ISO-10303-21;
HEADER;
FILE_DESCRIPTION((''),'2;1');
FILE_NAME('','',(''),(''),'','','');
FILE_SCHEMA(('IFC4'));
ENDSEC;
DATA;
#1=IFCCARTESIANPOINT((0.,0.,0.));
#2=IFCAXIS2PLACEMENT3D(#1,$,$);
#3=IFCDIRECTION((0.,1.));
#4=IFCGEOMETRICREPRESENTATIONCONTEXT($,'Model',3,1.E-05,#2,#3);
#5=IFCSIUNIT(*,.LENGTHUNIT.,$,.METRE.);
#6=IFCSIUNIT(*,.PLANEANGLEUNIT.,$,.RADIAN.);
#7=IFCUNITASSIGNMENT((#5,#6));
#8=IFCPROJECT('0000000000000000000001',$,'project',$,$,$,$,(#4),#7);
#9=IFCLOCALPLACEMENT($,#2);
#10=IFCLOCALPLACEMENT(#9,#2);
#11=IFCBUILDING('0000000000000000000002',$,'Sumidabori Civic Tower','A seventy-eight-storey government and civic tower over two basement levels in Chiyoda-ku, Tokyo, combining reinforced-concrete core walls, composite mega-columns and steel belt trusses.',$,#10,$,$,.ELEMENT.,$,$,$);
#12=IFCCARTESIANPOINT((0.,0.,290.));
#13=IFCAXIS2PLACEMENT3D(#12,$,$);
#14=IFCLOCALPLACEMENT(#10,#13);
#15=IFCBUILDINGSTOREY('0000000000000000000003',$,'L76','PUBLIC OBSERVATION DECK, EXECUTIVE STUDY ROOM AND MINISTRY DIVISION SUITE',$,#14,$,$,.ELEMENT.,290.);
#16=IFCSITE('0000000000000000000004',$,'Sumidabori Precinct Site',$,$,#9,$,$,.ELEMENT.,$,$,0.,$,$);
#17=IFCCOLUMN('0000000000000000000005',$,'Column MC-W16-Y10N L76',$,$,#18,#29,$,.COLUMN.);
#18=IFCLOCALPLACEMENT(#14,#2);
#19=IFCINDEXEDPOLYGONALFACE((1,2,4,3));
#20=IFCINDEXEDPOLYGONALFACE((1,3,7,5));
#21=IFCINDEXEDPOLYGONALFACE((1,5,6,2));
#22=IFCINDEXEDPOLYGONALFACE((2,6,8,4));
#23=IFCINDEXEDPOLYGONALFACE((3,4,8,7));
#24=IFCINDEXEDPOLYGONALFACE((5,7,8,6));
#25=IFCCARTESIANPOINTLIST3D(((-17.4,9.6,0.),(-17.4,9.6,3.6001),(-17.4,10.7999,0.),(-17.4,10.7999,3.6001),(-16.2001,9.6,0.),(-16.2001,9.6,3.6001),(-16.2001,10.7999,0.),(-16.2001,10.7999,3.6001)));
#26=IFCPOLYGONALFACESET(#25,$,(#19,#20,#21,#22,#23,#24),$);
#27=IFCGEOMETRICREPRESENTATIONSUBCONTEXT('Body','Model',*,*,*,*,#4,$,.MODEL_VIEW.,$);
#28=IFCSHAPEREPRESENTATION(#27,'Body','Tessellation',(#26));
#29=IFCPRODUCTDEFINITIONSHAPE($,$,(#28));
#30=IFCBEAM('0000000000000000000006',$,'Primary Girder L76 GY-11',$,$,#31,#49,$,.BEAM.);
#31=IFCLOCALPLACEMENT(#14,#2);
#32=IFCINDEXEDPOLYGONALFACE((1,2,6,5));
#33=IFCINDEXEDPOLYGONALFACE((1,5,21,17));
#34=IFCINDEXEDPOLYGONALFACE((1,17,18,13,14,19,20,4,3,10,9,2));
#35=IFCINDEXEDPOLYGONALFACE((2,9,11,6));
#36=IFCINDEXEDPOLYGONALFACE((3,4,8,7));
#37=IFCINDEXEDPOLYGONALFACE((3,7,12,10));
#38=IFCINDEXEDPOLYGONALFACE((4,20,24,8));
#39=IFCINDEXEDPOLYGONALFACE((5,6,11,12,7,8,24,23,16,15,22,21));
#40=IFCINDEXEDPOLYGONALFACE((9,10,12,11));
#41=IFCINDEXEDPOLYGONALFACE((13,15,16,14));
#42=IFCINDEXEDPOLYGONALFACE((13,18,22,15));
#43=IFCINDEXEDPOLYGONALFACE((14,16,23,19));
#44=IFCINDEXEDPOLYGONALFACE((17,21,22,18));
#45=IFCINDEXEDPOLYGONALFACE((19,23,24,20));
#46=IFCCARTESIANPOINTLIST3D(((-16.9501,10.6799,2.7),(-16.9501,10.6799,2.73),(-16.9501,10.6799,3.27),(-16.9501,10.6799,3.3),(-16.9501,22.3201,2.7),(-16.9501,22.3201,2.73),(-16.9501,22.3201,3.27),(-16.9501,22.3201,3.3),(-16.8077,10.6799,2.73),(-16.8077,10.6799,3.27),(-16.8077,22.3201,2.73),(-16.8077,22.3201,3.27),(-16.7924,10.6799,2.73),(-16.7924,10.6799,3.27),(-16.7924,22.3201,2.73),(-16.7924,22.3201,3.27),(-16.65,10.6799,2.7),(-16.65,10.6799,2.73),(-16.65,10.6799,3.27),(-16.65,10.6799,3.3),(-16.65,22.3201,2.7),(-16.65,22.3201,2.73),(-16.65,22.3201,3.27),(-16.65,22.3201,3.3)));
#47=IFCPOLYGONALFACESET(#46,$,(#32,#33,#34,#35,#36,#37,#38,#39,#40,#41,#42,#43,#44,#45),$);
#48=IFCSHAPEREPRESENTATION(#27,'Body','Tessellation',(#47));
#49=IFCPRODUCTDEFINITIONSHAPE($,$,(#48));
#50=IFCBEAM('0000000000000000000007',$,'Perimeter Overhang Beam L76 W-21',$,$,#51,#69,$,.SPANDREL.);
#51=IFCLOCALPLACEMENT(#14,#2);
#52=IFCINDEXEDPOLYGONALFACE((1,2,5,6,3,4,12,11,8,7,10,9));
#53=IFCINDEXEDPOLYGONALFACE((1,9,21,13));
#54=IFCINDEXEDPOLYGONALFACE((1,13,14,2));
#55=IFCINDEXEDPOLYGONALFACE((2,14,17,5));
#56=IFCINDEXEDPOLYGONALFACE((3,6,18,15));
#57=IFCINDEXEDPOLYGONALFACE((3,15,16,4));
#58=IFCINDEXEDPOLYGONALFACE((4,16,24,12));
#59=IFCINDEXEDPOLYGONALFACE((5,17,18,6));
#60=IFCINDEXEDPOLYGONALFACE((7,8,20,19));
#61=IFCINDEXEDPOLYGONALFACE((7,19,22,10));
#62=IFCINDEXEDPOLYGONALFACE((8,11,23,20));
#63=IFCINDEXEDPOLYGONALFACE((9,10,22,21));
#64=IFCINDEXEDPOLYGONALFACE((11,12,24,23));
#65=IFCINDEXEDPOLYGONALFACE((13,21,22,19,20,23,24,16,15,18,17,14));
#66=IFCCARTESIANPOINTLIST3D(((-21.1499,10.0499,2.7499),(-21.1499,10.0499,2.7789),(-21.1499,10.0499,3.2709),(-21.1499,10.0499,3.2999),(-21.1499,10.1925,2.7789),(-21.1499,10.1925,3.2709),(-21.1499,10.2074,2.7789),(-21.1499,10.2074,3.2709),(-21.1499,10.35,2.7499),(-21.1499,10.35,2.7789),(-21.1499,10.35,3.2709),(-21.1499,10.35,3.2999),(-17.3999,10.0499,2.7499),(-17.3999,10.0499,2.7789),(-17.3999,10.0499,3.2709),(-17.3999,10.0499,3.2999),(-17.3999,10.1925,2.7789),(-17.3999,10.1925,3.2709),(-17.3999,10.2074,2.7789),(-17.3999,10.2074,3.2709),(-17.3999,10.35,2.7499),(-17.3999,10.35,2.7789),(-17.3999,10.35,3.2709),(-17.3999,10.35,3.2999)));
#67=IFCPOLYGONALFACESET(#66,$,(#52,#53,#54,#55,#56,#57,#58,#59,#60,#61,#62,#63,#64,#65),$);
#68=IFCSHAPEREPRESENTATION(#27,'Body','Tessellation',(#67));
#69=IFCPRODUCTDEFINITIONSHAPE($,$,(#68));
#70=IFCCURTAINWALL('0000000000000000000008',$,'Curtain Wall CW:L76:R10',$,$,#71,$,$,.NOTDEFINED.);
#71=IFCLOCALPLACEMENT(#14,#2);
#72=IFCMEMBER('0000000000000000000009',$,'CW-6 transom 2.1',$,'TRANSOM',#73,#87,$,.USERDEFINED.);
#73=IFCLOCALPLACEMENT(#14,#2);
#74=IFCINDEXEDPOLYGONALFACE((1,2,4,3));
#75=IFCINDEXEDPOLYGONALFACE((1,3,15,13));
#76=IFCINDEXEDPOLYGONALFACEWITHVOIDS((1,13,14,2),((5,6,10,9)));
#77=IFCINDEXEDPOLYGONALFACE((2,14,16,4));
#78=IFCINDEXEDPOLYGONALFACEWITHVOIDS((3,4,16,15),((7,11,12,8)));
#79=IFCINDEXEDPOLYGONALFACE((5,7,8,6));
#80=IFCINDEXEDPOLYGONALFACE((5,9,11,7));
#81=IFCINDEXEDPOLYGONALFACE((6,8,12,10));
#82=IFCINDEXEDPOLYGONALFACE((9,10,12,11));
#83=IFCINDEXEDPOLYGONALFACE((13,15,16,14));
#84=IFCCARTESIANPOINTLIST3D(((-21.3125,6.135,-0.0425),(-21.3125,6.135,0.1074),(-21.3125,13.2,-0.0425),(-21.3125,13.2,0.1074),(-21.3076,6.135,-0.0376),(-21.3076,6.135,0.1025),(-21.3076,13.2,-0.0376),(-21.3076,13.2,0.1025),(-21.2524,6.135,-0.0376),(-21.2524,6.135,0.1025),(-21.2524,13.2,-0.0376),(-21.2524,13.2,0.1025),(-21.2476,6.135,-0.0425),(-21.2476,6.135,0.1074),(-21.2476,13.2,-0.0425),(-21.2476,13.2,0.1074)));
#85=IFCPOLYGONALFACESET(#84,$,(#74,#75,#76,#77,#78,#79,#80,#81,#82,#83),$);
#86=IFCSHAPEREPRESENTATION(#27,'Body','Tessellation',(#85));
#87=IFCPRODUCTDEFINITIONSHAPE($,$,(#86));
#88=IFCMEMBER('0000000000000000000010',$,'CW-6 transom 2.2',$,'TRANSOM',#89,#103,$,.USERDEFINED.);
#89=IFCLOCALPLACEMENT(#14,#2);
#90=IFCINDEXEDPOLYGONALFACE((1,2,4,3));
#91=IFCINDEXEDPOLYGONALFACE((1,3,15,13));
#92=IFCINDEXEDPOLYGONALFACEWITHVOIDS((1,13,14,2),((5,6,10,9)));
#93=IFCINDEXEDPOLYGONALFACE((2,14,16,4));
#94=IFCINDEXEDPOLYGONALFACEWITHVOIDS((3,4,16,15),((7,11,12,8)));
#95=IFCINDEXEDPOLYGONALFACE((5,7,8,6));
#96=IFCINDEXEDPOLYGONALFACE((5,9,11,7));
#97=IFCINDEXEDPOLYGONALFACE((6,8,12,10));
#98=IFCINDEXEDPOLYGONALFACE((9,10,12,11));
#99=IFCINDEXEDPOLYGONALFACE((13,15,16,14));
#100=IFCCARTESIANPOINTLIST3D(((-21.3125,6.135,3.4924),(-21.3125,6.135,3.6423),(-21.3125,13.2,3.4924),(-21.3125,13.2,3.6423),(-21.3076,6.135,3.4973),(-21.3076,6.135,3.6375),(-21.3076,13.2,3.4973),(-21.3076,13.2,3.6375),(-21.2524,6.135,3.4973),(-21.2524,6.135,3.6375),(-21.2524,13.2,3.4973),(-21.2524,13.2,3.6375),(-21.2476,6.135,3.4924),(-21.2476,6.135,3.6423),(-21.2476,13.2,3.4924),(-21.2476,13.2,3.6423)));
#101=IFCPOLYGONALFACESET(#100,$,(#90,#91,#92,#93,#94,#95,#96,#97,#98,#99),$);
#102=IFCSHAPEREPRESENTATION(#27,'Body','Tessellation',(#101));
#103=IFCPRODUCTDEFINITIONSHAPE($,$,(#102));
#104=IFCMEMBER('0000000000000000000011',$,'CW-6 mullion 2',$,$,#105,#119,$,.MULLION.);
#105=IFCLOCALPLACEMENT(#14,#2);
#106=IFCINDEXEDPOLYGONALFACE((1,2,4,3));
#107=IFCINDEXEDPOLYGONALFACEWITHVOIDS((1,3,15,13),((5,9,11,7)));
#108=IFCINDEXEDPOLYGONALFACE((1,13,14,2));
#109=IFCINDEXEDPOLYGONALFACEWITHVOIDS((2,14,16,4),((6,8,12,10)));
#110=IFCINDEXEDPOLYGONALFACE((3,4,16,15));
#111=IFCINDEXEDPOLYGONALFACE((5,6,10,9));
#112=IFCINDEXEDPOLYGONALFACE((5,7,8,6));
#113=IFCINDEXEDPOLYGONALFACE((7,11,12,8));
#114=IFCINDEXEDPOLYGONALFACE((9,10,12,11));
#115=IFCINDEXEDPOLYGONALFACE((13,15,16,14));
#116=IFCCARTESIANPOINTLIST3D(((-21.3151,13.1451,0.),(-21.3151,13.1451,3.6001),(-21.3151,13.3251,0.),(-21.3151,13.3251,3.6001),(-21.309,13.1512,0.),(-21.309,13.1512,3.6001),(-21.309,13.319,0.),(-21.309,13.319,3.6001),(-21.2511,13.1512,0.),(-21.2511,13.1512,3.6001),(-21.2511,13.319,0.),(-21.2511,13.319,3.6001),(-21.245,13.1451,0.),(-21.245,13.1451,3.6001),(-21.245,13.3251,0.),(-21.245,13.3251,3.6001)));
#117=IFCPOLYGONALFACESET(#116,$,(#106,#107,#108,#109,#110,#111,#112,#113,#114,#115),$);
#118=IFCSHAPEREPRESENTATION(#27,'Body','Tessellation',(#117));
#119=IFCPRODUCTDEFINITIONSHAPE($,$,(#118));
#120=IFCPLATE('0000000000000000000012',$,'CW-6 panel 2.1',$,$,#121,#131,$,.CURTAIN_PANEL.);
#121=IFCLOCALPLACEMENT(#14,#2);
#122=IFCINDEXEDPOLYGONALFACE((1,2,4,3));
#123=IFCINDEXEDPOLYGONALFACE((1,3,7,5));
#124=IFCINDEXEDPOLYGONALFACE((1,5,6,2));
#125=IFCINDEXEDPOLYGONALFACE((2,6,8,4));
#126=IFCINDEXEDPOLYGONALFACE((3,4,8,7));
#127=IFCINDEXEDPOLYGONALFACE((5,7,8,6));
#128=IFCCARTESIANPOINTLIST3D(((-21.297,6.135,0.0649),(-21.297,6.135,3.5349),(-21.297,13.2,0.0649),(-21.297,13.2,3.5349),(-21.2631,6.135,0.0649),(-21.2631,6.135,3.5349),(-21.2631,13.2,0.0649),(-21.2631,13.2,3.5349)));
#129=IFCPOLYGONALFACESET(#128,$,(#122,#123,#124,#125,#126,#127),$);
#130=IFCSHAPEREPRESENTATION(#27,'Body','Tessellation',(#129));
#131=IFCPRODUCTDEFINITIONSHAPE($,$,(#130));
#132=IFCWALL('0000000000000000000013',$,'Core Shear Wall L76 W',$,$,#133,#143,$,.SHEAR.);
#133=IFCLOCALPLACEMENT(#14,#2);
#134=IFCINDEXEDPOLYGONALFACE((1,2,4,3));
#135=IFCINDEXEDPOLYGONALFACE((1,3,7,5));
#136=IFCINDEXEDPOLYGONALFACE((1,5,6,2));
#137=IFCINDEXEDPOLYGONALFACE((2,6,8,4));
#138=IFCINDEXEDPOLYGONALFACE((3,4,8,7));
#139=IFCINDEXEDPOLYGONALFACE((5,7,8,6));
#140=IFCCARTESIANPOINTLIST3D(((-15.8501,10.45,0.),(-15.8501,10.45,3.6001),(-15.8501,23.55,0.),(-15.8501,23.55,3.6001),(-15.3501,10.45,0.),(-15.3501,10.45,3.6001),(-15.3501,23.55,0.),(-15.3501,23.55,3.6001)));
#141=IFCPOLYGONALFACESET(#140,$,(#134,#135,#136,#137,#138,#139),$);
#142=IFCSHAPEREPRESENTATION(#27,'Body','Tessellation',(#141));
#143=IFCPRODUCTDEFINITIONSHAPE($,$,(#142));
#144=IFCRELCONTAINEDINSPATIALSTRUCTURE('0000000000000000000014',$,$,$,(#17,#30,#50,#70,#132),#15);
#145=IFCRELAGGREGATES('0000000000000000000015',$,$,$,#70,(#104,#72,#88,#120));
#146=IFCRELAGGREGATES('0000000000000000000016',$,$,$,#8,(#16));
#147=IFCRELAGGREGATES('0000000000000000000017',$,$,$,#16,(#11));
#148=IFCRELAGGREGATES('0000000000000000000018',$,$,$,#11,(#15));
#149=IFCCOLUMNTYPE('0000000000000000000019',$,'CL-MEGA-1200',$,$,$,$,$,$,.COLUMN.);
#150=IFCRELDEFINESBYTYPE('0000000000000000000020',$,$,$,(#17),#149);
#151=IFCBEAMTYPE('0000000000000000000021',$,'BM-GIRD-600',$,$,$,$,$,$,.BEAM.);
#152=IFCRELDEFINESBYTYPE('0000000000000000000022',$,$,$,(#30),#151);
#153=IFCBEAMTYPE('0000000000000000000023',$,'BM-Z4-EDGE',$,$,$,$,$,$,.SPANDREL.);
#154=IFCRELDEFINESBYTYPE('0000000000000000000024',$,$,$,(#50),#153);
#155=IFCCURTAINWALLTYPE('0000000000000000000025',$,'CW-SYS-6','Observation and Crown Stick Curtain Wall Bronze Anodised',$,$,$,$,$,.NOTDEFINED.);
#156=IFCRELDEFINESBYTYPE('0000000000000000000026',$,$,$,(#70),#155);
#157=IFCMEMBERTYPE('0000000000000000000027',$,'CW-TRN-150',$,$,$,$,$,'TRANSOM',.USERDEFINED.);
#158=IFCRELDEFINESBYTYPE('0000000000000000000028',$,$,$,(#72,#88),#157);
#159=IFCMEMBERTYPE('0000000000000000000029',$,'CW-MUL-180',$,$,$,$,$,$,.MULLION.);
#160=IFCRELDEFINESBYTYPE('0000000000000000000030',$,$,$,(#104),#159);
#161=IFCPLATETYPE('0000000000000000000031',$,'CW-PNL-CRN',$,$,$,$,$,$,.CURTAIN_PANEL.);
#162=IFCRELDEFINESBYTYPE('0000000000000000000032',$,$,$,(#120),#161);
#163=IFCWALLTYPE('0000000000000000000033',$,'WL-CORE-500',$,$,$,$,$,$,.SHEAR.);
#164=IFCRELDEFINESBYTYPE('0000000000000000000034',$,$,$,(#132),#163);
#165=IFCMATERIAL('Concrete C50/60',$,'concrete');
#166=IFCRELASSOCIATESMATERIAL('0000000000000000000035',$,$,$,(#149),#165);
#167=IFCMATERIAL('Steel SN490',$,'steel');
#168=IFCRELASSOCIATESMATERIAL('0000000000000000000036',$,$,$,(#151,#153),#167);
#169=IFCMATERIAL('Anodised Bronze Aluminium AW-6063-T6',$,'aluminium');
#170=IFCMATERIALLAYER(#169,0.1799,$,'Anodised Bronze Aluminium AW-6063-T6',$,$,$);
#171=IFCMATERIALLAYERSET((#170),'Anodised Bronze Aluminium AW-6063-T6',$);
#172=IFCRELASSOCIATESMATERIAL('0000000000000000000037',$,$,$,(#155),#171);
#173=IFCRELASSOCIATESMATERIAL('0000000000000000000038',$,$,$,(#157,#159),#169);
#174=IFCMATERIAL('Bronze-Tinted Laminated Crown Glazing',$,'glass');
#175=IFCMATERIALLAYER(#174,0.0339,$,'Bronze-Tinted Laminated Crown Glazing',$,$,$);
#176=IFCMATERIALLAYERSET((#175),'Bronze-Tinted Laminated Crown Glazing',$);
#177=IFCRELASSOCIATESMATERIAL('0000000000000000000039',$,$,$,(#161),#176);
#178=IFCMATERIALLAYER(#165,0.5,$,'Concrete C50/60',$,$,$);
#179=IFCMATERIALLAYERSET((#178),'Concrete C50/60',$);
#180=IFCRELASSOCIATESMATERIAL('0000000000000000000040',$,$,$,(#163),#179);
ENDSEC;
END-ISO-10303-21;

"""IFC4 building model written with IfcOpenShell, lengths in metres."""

from ifc_helpers import new_model, si_unit, direction, frame, frame_2d, origin, origin_2d, place, context, subcontext, project, spatial, rectangle, hollow_rectangle, i_section, extrude, source, transform, mapped, material, layer, layer_set, material_profile, profile_set, type_object, element, aggregate, save


model = new_model("IFC4")

# Units and contexts
model_context = context("Model", 3, precision=1e-05, world=origin(), true_north=direction((0.0, 1.0)))
body_context = subcontext(model_context, "Body", "Model", "MODEL_VIEW")
ifc_project = project(units=[si_unit("LENGTHUNIT", "METRE"), si_unit("PLANEANGLEUNIT", "RADIAN")], contexts=[model_context])

# Site, building, storey
site_placement = place(None, origin())
site = spatial("IfcSite", under=ifc_project, at=site_placement, Name="Sumidabori Precinct Site", CompositionType="ELEMENT", RefElevation=0.0)
building_placement = place(site_placement, origin())
building = spatial("IfcBuilding", under=site, at=building_placement, Name="Sumidabori Civic Tower", Description="A seventy-eight-storey government and civic tower over two basement levels in Chiyoda-ku, Tokyo, combining reinforced-concrete core walls, composite mega-columns and steel belt trusses.", CompositionType="ELEMENT")
storey_placement = place(building_placement, frame((0.0, 0.0, 290.0)))
storey = spatial("IfcBuildingStorey", under=building, at=storey_placement, Name="L76", Description="PUBLIC OBSERVATION DECK, EXECUTIVE STUDY ROOM AND MINISTRY DIVISION SUITE", CompositionType="ELEMENT", Elevation=290.0)

# Column
ifc_material_1 = material(Name="Concrete C50/60", Category="concrete")
ifc_material_profile_1 = material_profile(ifc_material_1, rectangle(XDim=1.2, YDim=1.2, at=origin_2d()), Name="RC 1200x1200")
ifc_profile_set_1 = profile_set([ifc_material_profile_1], Name="Concrete C50/60")
column_type = type_object("IfcColumnType", Name="CL-MEGA-1200", PredefinedType="COLUMN", material=ifc_profile_set_1)
shared_shape_1 = source(origin(), body_context, "Body", "SweptSolid", [
    extrude(rectangle(XDim=1.2, YDim=1.2, at=origin_2d()), origin(), (0.0, 0.0, 1.0), 3.6001),
])
column_placement = place(storey_placement, frame((-16.8, 10.2, 0.0), z_axis=(0.0, 0.0, 1.0), x_axis=(1.0, 0.0, 0.0)))
element("IfcColumn", 1, at=column_placement, inside=storey, type_object=column_type, Name="Column MC-W16-Y10N L76", PredefinedType="COLUMN", context=body_context, shape_type="MappedRepresentation", body=[
    mapped(shared_shape_1, transform((0.0, 0.0, 0.0), x_axis=(1.0, 0.0, 0.0), y_axis=(0.0, 1.0, 0.0), z_axis=(0.0, 0.0, 1.0), scale=1.0)),
])

# Beams
ifc_material_2 = material(Name="Steel SN490", Category="steel")
ifc_material_profile_2 = material_profile(ifc_material_2, i_section(OverallWidth=0.3, OverallDepth=0.6001, WebThickness=0.0154, FlangeThickness=0.03, at=origin_2d()), Name="HE 600 B")
ifc_profile_set_2 = profile_set([ifc_material_profile_2], Name="Steel SN490")
beam_type_1 = type_object("IfcBeamType", Name="BM-GIRD-600", PredefinedType="BEAM", material=ifc_profile_set_2)
shared_shape_2 = source(origin(), body_context, "Body", "SweptSolid", [
    extrude(i_section(OverallWidth=0.3, OverallDepth=0.6001, WebThickness=0.0154, FlangeThickness=0.03, at=origin_2d()), origin(), (0.0, 0.0, 1.0), 11.6401),
])
beam_1_placement = place(storey_placement, frame((-16.8, 10.6799, 3.0), z_axis=(0.0, 1.0, 0.0), x_axis=(-1.0, 0.0, 0.0)))
element("IfcBeam", 2, at=beam_1_placement, inside=storey, type_object=beam_type_1, Name="Primary Girder L76 GY-11", PredefinedType="BEAM", context=body_context, shape_type="MappedRepresentation", body=[
    mapped(shared_shape_2, transform((0.0, 0.0, 0.0), x_axis=(1.0, 0.0, 0.0), y_axis=(0.0, 1.0, 0.0), z_axis=(0.0, 0.0, 1.0), scale=1.0)),
])
ifc_material_profile_3 = material_profile(ifc_material_2, i_section(OverallWidth=0.3, OverallDepth=0.55, WebThickness=0.0149, FlangeThickness=0.0291, at=origin_2d()), Name="HE 550 B")
ifc_profile_set_3 = profile_set([ifc_material_profile_3], Name="Steel SN490")
beam_type_2 = type_object("IfcBeamType", Name="BM-Z4-EDGE", PredefinedType="SPANDREL", material=ifc_profile_set_3)
shared_shape_3 = source(origin(), body_context, "Body", "SweptSolid", [
    extrude(i_section(OverallWidth=0.3, OverallDepth=0.55, WebThickness=0.0149, FlangeThickness=0.0291, at=origin_2d()), origin(), (0.0, 0.0, 1.0), 3.75),
])
beam_2_placement = place(storey_placement, frame((-21.1499, 10.2, 3.0249), z_axis=(1.0, 0.0, 0.0), x_axis=(0.0, 1.0, 0.0)))
element("IfcBeam", 3, at=beam_2_placement, inside=storey, type_object=beam_type_2, Name="Perimeter Overhang Beam L76 W-21", PredefinedType="SPANDREL", context=body_context, shape_type="MappedRepresentation", body=[
    mapped(shared_shape_3, transform((0.0, 0.0, 0.0), x_axis=(1.0, 0.0, 0.0), y_axis=(0.0, 1.0, 0.0), z_axis=(0.0, 0.0, 1.0), scale=1.0)),
])

# Curtain wall, members, plate
ifc_material_3 = material(Name="Anodised Bronze Aluminium AW-6063-T6", Category="aluminium")
ifc_layer_1 = layer(ifc_material_3, 0.1799, Name="Anodised Bronze Aluminium AW-6063-T6")
ifc_layer_set_1 = layer_set([ifc_layer_1], Name="Anodised Bronze Aluminium AW-6063-T6")
curtain_wall_type = type_object("IfcCurtainWallType", Name="CW-SYS-6", Description="Observation and Crown Stick Curtain Wall Bronze Anodised", PredefinedType="NOTDEFINED", material=ifc_layer_set_1)
curtain_wall_placement = place(storey_placement, origin())
curtain_wall = element("IfcCurtainWall", 4, at=curtain_wall_placement, inside=storey, type_object=curtain_wall_type, Name="Curtain Wall CW:L76:R10", PredefinedType="NOTDEFINED")
ifc_material_profile_4 = material_profile(ifc_material_3, hollow_rectangle(XDim=0.0649, YDim=0.1499, WallThickness=0.0049, at=origin_2d()), Name="ALU TRANSOM 150x65")
ifc_profile_set_4 = profile_set([ifc_material_profile_4], Name="Anodised Bronze Aluminium AW-6063-T6")
member_type_1 = type_object("IfcMemberType", Name="CW-TRN-150", ElementType="TRANSOM", PredefinedType="USERDEFINED", material=ifc_profile_set_4)
shared_shape_4 = source(origin(), body_context, "Body", "SweptSolid", [
    extrude(hollow_rectangle(XDim=0.0649, YDim=0.1499, WallThickness=0.0049, at=origin_2d()), origin(), (0.0, 0.0, 1.0), 7.0649),
])
member_1_placement = place(storey_placement, frame((-21.28, 13.2, 0.0325), z_axis=(0.0, -1.0, 0.0), x_axis=(1.0, 0.0, 0.0)))
member_1 = element("IfcMember", 5, at=member_1_placement, type_object=member_type_1, Name="CW-6 transom 2.1", ObjectType="TRANSOM", PredefinedType="USERDEFINED", context=body_context, shape_type="MappedRepresentation", body=[
    mapped(shared_shape_4, transform((0.0, 0.0, 0.0), x_axis=(1.0, 0.0, 0.0), y_axis=(0.0, 1.0, 0.0), z_axis=(0.0, 0.0, 1.0), scale=1.0)),
])
member_2_placement = place(storey_placement, frame((-21.28, 13.2, 3.5674), z_axis=(0.0, -1.0, 0.0), x_axis=(1.0, 0.0, 0.0)))
member_2 = element("IfcMember", 6, at=member_2_placement, type_object=member_type_1, Name="CW-6 transom 2.2", ObjectType="TRANSOM", PredefinedType="USERDEFINED", context=body_context, shape_type="MappedRepresentation", body=[
    mapped(shared_shape_4, transform((0.0, 0.0, 0.0), x_axis=(1.0, 0.0, 0.0), y_axis=(0.0, 1.0, 0.0), z_axis=(0.0, 0.0, 1.0), scale=1.0)),
])
ifc_material_profile_5 = material_profile(ifc_material_3, hollow_rectangle(XDim=0.0701, YDim=0.1799, WallThickness=0.0061, at=origin_2d()), Name="ALU MULLION 180x70")
ifc_profile_set_5 = profile_set([ifc_material_profile_5], Name="Anodised Bronze Aluminium AW-6063-T6")
member_type_2 = type_object("IfcMemberType", Name="CW-MUL-180", PredefinedType="MULLION", material=ifc_profile_set_5)
shared_shape_5 = source(origin(), body_context, "Body", "SweptSolid", [
    extrude(hollow_rectangle(XDim=0.0701, YDim=0.1799, WallThickness=0.0061, at=origin_2d()), origin(), (0.0, 0.0, 1.0), 3.6001),
])
member_3_placement = place(storey_placement, frame((-21.28, 13.2351, 0.0), z_axis=(0.0, 0.0, 1.0), x_axis=(1.0, 0.0, 0.0)))
member_3 = element("IfcMember", 7, at=member_3_placement, type_object=member_type_2, Name="CW-6 mullion 2", PredefinedType="MULLION", context=body_context, shape_type="MappedRepresentation", body=[
    mapped(shared_shape_5, transform((0.0, 0.0, 0.0), x_axis=(1.0, 0.0, 0.0), y_axis=(0.0, 1.0, 0.0), z_axis=(0.0, 0.0, 1.0), scale=1.0)),
])
ifc_material_4 = material(Name="Bronze-Tinted Laminated Crown Glazing", Category="glass")
ifc_layer_2 = layer(ifc_material_4, 0.0339, Name="Bronze-Tinted Laminated Crown Glazing")
ifc_layer_set_2 = layer_set([ifc_layer_2], Name="Bronze-Tinted Laminated Crown Glazing")
plate_type = type_object("IfcPlateType", Name="CW-PNL-CRN", PredefinedType="CURTAIN_PANEL", material=ifc_layer_set_2)
shared_shape_6 = source(origin(), body_context, "Body", "SweptSolid", [
    extrude(rectangle(XDim=7.0649, YDim=0.0339, at=origin_2d()), origin(), (0.0, 0.0, 1.0), 3.47),
])
plate_placement = place(storey_placement, frame((-21.28, 9.6675, 0.0649), z_axis=(0.0, 0.0, 1.0), x_axis=(0.0, -1.0, 0.0)))
plate = element("IfcPlate", 8, at=plate_placement, type_object=plate_type, Name="CW-6 panel 2.1", PredefinedType="CURTAIN_PANEL", context=body_context, shape_type="MappedRepresentation", body=[
    mapped(shared_shape_6, transform((0.0, 0.0, 0.0), x_axis=(1.0, 0.0, 0.0), y_axis=(0.0, 1.0, 0.0), z_axis=(0.0, 0.0, 1.0), scale=1.0)),
])
aggregate(curtain_wall, [member_3, member_1, member_2, plate])

# Wall
ifc_layer_3 = layer(ifc_material_1, 0.5, Name="Concrete C50/60")
ifc_layer_set_3 = layer_set([ifc_layer_3], Name="Concrete C50/60")
wall_type_1 = type_object("IfcWallType", Name="WL-CORE-500", PredefinedType="SHEAR", material=ifc_layer_set_3)
shared_shape_7 = source(origin(), body_context, "Body", "SweptSolid", [
    extrude(rectangle(XDim=13.1001, YDim=0.5, at=frame_2d((6.55, 0.0))), origin(), (0.0, 0.0, 1.0), 3.6001),
])
wall_1_placement = place(storey_placement, frame((-15.6001, 10.45, 0.0), z_axis=(0.0, 0.0, 1.0), x_axis=(0.0, 1.0, 0.0)))
element("IfcWall", 9, at=wall_1_placement, inside=storey, type_object=wall_type_1, Name="Core Shear Wall L76 W", PredefinedType="SHEAR", context=body_context, shape_type="MappedRepresentation", body=[
    mapped(shared_shape_7, transform((0.0, 0.0, 0.0), x_axis=(1.0, 0.0, 0.0), y_axis=(0.0, 1.0, 0.0), z_axis=(0.0, 0.0, 1.0), scale=1.0)),
])

save(model, "model.ifc")
